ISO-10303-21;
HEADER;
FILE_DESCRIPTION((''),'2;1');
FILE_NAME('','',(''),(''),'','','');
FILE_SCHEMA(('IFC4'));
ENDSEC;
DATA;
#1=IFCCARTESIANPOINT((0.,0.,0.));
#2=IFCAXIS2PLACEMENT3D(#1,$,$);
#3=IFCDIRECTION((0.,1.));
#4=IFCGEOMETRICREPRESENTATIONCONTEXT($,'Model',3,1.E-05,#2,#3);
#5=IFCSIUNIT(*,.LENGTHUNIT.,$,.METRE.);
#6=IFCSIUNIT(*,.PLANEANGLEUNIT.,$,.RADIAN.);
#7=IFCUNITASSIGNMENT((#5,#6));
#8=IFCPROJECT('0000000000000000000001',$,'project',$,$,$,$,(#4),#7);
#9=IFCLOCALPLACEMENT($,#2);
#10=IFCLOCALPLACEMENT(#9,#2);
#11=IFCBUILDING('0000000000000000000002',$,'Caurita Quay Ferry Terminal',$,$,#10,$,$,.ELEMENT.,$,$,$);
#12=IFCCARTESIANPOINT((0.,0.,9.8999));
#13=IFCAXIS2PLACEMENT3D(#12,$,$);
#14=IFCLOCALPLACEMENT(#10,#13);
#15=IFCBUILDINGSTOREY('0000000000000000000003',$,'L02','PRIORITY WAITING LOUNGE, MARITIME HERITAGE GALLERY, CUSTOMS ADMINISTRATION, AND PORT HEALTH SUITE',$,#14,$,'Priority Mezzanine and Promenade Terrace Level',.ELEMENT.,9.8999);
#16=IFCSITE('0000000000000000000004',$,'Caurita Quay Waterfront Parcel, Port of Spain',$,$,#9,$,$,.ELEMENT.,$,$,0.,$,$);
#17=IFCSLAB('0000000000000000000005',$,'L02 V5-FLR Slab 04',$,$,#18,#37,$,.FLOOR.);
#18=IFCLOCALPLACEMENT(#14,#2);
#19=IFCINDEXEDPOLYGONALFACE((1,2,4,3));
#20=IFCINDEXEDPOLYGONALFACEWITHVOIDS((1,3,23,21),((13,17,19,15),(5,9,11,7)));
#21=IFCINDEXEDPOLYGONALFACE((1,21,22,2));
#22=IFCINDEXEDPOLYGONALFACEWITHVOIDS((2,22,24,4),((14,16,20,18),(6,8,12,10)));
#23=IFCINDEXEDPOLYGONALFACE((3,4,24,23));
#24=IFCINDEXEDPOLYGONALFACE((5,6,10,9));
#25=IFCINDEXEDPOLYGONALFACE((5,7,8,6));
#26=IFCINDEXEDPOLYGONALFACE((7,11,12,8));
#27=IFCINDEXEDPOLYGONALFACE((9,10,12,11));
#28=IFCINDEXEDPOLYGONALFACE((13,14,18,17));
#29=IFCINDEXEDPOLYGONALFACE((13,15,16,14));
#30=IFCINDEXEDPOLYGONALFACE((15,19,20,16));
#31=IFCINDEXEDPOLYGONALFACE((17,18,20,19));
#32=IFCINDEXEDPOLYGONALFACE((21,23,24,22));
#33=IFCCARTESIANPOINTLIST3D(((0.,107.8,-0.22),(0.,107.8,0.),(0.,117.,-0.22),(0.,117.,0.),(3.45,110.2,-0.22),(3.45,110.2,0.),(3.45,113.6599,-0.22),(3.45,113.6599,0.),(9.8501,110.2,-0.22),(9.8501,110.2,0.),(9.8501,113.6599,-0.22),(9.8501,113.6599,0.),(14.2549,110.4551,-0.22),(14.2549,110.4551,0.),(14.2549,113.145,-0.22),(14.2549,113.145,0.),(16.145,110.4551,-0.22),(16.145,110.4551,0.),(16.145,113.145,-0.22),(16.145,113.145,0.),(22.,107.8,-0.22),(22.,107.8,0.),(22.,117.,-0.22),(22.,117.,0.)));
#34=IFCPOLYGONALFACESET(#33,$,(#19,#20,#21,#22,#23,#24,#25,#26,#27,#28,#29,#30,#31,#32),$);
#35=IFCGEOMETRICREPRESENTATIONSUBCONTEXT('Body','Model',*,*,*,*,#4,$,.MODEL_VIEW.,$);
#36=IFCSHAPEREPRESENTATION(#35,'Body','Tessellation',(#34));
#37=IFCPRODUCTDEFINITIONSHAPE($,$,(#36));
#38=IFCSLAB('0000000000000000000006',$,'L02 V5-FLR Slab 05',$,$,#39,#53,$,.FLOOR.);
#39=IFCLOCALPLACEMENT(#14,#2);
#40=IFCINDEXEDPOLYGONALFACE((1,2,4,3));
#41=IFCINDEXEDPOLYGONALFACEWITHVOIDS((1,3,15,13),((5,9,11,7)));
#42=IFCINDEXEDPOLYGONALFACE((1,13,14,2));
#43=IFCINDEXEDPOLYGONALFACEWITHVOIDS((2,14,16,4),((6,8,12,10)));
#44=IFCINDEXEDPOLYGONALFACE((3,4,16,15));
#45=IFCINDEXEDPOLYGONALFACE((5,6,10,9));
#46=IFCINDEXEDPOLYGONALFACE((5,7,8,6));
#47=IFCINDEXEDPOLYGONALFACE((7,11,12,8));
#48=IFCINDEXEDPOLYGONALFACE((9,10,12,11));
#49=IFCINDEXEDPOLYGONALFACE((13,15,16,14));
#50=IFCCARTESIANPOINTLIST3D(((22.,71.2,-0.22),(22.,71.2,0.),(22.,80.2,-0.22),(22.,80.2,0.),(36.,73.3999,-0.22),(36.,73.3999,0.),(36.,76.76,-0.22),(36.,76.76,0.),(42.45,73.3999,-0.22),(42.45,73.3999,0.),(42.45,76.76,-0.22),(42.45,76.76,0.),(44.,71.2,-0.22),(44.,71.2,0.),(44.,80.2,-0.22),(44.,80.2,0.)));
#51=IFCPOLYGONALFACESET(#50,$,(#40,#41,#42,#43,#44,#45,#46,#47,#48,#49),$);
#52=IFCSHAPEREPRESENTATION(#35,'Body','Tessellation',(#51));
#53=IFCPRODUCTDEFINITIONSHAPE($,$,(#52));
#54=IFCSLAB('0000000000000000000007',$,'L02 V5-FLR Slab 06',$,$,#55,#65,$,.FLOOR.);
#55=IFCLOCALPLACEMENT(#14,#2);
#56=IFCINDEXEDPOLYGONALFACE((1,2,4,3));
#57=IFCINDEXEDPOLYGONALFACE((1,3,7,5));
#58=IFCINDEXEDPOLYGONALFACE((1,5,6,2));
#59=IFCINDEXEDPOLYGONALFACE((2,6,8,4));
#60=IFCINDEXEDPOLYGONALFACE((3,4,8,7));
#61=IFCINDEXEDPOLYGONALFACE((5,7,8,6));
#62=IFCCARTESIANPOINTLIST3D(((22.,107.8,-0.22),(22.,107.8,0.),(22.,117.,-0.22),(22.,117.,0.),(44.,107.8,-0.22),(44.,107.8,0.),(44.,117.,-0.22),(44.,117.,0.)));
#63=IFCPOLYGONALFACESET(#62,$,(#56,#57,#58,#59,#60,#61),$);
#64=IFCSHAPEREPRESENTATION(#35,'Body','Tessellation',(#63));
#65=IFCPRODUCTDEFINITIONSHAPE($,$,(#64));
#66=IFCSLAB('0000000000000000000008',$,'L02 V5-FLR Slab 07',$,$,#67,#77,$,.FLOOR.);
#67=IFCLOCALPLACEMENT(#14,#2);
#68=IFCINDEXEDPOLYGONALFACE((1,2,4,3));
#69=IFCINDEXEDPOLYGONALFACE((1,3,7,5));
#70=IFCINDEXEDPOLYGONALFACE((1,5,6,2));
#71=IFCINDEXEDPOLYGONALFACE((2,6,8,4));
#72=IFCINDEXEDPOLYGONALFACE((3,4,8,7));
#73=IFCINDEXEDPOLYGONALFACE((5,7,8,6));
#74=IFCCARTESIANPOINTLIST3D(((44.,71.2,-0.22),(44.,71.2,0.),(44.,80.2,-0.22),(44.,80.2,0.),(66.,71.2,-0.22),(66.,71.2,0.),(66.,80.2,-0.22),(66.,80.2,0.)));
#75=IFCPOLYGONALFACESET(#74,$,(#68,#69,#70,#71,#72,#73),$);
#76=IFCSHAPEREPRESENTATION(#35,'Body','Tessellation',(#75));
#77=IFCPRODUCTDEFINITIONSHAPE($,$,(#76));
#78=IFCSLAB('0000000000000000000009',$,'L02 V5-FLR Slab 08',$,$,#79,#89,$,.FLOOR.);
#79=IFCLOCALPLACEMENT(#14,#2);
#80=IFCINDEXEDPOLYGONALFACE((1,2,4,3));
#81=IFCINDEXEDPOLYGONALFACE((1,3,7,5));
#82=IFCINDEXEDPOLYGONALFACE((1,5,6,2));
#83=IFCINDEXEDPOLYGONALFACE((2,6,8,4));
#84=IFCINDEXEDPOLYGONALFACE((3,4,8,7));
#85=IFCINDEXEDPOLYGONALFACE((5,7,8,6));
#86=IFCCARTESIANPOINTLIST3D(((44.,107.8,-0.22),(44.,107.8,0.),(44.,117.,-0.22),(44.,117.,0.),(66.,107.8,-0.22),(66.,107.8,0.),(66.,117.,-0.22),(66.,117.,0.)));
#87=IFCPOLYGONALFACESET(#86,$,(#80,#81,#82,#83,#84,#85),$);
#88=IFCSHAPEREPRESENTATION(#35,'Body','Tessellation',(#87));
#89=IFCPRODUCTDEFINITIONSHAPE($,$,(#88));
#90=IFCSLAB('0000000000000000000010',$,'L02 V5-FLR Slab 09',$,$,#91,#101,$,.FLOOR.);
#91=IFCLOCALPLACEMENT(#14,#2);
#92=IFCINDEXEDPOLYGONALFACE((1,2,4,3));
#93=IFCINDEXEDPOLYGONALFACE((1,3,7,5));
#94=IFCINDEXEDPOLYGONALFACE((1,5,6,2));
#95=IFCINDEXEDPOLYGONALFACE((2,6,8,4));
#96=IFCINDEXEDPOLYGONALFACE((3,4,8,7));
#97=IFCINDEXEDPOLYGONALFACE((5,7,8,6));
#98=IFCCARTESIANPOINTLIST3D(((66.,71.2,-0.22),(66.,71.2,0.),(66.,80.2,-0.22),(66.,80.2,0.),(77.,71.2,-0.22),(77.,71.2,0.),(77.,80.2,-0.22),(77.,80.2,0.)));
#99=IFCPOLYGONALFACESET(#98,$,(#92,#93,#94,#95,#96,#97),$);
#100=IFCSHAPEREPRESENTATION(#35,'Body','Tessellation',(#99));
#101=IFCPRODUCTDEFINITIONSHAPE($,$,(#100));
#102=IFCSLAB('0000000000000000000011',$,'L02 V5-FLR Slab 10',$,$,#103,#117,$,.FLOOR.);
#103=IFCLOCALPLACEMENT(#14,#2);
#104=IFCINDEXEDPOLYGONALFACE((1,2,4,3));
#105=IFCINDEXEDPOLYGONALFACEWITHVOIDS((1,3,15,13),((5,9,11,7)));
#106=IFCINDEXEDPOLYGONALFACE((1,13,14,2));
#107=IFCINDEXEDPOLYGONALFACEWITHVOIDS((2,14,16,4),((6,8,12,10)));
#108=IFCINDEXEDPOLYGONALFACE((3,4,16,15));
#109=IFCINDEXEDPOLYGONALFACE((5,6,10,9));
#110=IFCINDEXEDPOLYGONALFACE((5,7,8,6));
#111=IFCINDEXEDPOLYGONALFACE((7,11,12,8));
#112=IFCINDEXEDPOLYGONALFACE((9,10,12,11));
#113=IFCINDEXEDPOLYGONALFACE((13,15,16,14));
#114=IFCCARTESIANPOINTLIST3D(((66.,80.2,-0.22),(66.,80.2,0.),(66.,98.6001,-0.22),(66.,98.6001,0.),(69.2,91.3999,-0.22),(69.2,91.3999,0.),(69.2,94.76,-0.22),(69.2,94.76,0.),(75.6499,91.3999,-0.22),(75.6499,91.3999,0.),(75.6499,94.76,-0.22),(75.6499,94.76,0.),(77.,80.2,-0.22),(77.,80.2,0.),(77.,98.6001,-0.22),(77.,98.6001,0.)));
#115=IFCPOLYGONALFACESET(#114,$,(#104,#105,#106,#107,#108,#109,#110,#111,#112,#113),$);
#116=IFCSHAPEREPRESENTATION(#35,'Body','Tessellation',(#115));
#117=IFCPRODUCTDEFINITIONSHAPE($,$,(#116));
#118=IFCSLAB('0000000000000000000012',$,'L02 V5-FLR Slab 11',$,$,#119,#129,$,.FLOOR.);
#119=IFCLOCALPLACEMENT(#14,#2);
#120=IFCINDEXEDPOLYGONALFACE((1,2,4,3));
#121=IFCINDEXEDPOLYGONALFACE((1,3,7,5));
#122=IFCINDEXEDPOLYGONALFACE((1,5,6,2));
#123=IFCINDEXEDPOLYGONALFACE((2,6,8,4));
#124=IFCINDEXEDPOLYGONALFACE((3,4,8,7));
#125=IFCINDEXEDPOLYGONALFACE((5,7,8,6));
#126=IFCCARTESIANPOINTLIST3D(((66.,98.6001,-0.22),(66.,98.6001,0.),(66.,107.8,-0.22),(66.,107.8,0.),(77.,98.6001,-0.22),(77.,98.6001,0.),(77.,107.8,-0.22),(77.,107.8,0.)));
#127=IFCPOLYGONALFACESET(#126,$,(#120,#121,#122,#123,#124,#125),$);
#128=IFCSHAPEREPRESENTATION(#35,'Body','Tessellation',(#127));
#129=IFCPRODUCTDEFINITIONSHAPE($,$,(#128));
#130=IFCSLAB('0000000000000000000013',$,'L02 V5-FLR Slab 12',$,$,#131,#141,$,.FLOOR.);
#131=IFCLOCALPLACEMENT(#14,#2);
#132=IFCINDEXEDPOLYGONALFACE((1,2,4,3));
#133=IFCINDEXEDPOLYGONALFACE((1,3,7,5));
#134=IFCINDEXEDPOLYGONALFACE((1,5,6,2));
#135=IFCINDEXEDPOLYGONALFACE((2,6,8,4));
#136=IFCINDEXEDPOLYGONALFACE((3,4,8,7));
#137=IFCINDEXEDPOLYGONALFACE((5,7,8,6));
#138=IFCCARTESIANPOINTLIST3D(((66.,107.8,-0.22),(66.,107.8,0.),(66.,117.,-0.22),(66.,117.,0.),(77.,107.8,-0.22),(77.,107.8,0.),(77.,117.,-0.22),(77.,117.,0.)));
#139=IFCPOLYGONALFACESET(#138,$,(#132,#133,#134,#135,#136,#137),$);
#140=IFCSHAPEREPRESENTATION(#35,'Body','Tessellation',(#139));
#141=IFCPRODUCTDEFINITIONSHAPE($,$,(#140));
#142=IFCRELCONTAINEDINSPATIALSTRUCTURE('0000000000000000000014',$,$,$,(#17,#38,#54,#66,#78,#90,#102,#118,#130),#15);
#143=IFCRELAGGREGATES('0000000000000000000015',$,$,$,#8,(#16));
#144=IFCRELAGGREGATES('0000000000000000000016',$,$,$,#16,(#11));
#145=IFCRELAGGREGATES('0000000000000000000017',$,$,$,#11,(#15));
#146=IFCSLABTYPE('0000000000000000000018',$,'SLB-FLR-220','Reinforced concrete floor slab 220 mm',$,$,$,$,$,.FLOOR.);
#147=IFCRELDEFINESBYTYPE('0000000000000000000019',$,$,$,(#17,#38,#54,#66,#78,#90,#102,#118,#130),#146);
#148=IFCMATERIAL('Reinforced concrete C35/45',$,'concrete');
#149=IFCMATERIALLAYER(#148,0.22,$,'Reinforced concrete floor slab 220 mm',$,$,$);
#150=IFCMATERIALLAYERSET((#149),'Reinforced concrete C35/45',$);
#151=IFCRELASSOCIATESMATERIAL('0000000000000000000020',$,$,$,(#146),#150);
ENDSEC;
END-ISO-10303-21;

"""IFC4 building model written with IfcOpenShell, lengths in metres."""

from ifc_helpers import new_model, si_unit, direction, frame, origin, place, context, subcontext, project, spatial, polyline, outline, extrude, material, layer, layer_set, type_object, element, save


model = new_model("IFC4")

# Units and contexts
model_context = context("Model", 3, precision=1e-05, world=origin(), true_north=direction((0.0, 1.0)))
body_context = subcontext(model_context, "Body", "Model", "MODEL_VIEW")
ifc_project = project(units=[si_unit("LENGTHUNIT", "METRE"), si_unit("PLANEANGLEUNIT", "RADIAN")], contexts=[model_context])

# Site, building, storey
site_placement = place(None, origin())
site = spatial("IfcSite", under=ifc_project, at=site_placement, Name="Caurita Quay Waterfront Parcel, Port of Spain", CompositionType="ELEMENT", RefElevation=0.0)
building_placement = place(site_placement, origin())
building = spatial("IfcBuilding", under=site, at=building_placement, Name="Caurita Quay Ferry Terminal", CompositionType="ELEMENT")
storey_placement = place(building_placement, frame((0.0, 0.0, 9.8999)))
storey = spatial("IfcBuildingStorey", under=building, at=storey_placement, Name="L02", Description="PRIORITY WAITING LOUNGE, MARITIME HERITAGE GALLERY, CUSTOMS ADMINISTRATION, AND PORT HEALTH SUITE", LongName="Priority Mezzanine and Promenade Terrace Level", CompositionType="ELEMENT", Elevation=9.8999)

# Slabs
ifc_material = material(Name="Reinforced concrete C35/45", Category="concrete")
ifc_layer = layer(ifc_material, 0.22, Name="Reinforced concrete floor slab 220 mm")
ifc_layer_set = layer_set([ifc_layer], Name="Reinforced concrete C35/45")
slab_type = type_object("IfcSlabType", Name="SLB-FLR-220", Description="Reinforced concrete floor slab 220 mm", PredefinedType="FLOOR", material=ifc_layer_set)
slab_1_placement = place(storey_placement, frame((0.0, 0.0, -0.22)))
element("IfcSlab", 1, at=slab_1_placement, inside=storey, type_object=slab_type, Name="L02 V5-FLR Slab 04", PredefinedType="FLOOR", context=body_context, shape_type="SweptSolid", body=[
    extrude(outline(polyline([(0.0, 107.8), (22.0, 107.8), (22.0, 117.0), (0.0, 117.0), (0.0, 107.8)]), holes=[polyline([(3.45, 110.2), (9.8501, 110.2), (9.8501, 113.6599), (3.45, 113.6599), (3.45, 110.2)]), polyline([(14.2549, 110.4551), (16.145, 110.4551), (16.145, 113.145), (14.2549, 113.145), (14.2549, 110.4551)])]), origin(), (0.0, 0.0, 1.0), 0.22),
])
slab_2_placement = place(storey_placement, frame((0.0, 0.0, -0.22)))
element("IfcSlab", 2, at=slab_2_placement, inside=storey, type_object=slab_type, Name="L02 V5-FLR Slab 05", PredefinedType="FLOOR", context=body_context, shape_type="SweptSolid", body=[
    extrude(outline(polyline([(22.0, 71.2), (44.0, 71.2), (44.0, 80.2), (22.0, 80.2), (22.0, 71.2)]), holes=[polyline([(36.0, 73.3999), (42.45, 73.3999), (42.45, 76.76), (36.0, 76.76), (36.0, 73.3999)])]), origin(), (0.0, 0.0, 1.0), 0.22),
])
slab_3_placement = place(storey_placement, frame((0.0, 0.0, -0.22)))
element("IfcSlab", 3, at=slab_3_placement, inside=storey, type_object=slab_type, Name="L02 V5-FLR Slab 06", PredefinedType="FLOOR", context=body_context, shape_type="SweptSolid", body=[
    extrude(outline(polyline([(22.0, 107.8), (44.0, 107.8), (44.0, 117.0), (22.0, 117.0), (22.0, 107.8)])), origin(), (0.0, 0.0, 1.0), 0.22),
])
slab_4_placement = place(storey_placement, frame((0.0, 0.0, -0.22)))
element("IfcSlab", 4, at=slab_4_placement, inside=storey, type_object=slab_type, Name="L02 V5-FLR Slab 07", PredefinedType="FLOOR", context=body_context, shape_type="SweptSolid", body=[
    extrude(outline(polyline([(44.0, 71.2), (66.0, 71.2), (66.0, 80.2), (44.0, 80.2), (44.0, 71.2)])), origin(), (0.0, 0.0, 1.0), 0.22),
])
slab_5_placement = place(storey_placement, frame((0.0, 0.0, -0.22)))
element("IfcSlab", 5, at=slab_5_placement, inside=storey, type_object=slab_type, Name="L02 V5-FLR Slab 08", PredefinedType="FLOOR", context=body_context, shape_type="SweptSolid", body=[
    extrude(outline(polyline([(44.0, 107.8), (66.0, 107.8), (66.0, 117.0), (44.0, 117.0), (44.0, 107.8)])), origin(), (0.0, 0.0, 1.0), 0.22),
])
slab_6_placement = place(storey_placement, frame((0.0, 0.0, -0.22)))
element("IfcSlab", 6, at=slab_6_placement, inside=storey, type_object=slab_type, Name="L02 V5-FLR Slab 09", PredefinedType="FLOOR", context=body_context, shape_type="SweptSolid", body=[
    extrude(outline(polyline([(66.0, 71.2), (77.0, 71.2), (77.0, 80.2), (66.0, 80.2), (66.0, 71.2)])), origin(), (0.0, 0.0, 1.0), 0.22),
])
slab_7_placement = place(storey_placement, frame((0.0, 0.0, -0.22)))
element("IfcSlab", 7, at=slab_7_placement, inside=storey, type_object=slab_type, Name="L02 V5-FLR Slab 10", PredefinedType="FLOOR", context=body_context, shape_type="SweptSolid", body=[
    extrude(outline(polyline([(66.0, 80.2), (77.0, 80.2), (77.0, 98.6001), (66.0, 98.6001), (66.0, 80.2)]), holes=[polyline([(69.2, 91.3999), (75.6499, 91.3999), (75.6499, 94.76), (69.2, 94.76), (69.2, 91.3999)])]), origin(), (0.0, 0.0, 1.0), 0.22),
])
slab_8_placement = place(storey_placement, frame((0.0, 0.0, -0.22)))
element("IfcSlab", 8, at=slab_8_placement, inside=storey, type_object=slab_type, Name="L02 V5-FLR Slab 11", PredefinedType="FLOOR", context=body_context, shape_type="SweptSolid", body=[
    extrude(outline(polyline([(66.0, 98.6001), (77.0, 98.6001), (77.0, 107.8), (66.0, 107.8), (66.0, 98.6001)])), origin(), (0.0, 0.0, 1.0), 0.22),
])
slab_9_placement = place(storey_placement, frame((0.0, 0.0, -0.22)))
element("IfcSlab", 9, at=slab_9_placement, inside=storey, type_object=slab_type, Name="L02 V5-FLR Slab 12", PredefinedType="FLOOR", context=body_context, shape_type="SweptSolid", body=[
    extrude(outline(polyline([(66.0, 107.8), (77.0, 107.8), (77.0, 117.0), (66.0, 117.0), (66.0, 107.8)])), origin(), (0.0, 0.0, 1.0), 0.22),
])

save(model, "model.ifc")
